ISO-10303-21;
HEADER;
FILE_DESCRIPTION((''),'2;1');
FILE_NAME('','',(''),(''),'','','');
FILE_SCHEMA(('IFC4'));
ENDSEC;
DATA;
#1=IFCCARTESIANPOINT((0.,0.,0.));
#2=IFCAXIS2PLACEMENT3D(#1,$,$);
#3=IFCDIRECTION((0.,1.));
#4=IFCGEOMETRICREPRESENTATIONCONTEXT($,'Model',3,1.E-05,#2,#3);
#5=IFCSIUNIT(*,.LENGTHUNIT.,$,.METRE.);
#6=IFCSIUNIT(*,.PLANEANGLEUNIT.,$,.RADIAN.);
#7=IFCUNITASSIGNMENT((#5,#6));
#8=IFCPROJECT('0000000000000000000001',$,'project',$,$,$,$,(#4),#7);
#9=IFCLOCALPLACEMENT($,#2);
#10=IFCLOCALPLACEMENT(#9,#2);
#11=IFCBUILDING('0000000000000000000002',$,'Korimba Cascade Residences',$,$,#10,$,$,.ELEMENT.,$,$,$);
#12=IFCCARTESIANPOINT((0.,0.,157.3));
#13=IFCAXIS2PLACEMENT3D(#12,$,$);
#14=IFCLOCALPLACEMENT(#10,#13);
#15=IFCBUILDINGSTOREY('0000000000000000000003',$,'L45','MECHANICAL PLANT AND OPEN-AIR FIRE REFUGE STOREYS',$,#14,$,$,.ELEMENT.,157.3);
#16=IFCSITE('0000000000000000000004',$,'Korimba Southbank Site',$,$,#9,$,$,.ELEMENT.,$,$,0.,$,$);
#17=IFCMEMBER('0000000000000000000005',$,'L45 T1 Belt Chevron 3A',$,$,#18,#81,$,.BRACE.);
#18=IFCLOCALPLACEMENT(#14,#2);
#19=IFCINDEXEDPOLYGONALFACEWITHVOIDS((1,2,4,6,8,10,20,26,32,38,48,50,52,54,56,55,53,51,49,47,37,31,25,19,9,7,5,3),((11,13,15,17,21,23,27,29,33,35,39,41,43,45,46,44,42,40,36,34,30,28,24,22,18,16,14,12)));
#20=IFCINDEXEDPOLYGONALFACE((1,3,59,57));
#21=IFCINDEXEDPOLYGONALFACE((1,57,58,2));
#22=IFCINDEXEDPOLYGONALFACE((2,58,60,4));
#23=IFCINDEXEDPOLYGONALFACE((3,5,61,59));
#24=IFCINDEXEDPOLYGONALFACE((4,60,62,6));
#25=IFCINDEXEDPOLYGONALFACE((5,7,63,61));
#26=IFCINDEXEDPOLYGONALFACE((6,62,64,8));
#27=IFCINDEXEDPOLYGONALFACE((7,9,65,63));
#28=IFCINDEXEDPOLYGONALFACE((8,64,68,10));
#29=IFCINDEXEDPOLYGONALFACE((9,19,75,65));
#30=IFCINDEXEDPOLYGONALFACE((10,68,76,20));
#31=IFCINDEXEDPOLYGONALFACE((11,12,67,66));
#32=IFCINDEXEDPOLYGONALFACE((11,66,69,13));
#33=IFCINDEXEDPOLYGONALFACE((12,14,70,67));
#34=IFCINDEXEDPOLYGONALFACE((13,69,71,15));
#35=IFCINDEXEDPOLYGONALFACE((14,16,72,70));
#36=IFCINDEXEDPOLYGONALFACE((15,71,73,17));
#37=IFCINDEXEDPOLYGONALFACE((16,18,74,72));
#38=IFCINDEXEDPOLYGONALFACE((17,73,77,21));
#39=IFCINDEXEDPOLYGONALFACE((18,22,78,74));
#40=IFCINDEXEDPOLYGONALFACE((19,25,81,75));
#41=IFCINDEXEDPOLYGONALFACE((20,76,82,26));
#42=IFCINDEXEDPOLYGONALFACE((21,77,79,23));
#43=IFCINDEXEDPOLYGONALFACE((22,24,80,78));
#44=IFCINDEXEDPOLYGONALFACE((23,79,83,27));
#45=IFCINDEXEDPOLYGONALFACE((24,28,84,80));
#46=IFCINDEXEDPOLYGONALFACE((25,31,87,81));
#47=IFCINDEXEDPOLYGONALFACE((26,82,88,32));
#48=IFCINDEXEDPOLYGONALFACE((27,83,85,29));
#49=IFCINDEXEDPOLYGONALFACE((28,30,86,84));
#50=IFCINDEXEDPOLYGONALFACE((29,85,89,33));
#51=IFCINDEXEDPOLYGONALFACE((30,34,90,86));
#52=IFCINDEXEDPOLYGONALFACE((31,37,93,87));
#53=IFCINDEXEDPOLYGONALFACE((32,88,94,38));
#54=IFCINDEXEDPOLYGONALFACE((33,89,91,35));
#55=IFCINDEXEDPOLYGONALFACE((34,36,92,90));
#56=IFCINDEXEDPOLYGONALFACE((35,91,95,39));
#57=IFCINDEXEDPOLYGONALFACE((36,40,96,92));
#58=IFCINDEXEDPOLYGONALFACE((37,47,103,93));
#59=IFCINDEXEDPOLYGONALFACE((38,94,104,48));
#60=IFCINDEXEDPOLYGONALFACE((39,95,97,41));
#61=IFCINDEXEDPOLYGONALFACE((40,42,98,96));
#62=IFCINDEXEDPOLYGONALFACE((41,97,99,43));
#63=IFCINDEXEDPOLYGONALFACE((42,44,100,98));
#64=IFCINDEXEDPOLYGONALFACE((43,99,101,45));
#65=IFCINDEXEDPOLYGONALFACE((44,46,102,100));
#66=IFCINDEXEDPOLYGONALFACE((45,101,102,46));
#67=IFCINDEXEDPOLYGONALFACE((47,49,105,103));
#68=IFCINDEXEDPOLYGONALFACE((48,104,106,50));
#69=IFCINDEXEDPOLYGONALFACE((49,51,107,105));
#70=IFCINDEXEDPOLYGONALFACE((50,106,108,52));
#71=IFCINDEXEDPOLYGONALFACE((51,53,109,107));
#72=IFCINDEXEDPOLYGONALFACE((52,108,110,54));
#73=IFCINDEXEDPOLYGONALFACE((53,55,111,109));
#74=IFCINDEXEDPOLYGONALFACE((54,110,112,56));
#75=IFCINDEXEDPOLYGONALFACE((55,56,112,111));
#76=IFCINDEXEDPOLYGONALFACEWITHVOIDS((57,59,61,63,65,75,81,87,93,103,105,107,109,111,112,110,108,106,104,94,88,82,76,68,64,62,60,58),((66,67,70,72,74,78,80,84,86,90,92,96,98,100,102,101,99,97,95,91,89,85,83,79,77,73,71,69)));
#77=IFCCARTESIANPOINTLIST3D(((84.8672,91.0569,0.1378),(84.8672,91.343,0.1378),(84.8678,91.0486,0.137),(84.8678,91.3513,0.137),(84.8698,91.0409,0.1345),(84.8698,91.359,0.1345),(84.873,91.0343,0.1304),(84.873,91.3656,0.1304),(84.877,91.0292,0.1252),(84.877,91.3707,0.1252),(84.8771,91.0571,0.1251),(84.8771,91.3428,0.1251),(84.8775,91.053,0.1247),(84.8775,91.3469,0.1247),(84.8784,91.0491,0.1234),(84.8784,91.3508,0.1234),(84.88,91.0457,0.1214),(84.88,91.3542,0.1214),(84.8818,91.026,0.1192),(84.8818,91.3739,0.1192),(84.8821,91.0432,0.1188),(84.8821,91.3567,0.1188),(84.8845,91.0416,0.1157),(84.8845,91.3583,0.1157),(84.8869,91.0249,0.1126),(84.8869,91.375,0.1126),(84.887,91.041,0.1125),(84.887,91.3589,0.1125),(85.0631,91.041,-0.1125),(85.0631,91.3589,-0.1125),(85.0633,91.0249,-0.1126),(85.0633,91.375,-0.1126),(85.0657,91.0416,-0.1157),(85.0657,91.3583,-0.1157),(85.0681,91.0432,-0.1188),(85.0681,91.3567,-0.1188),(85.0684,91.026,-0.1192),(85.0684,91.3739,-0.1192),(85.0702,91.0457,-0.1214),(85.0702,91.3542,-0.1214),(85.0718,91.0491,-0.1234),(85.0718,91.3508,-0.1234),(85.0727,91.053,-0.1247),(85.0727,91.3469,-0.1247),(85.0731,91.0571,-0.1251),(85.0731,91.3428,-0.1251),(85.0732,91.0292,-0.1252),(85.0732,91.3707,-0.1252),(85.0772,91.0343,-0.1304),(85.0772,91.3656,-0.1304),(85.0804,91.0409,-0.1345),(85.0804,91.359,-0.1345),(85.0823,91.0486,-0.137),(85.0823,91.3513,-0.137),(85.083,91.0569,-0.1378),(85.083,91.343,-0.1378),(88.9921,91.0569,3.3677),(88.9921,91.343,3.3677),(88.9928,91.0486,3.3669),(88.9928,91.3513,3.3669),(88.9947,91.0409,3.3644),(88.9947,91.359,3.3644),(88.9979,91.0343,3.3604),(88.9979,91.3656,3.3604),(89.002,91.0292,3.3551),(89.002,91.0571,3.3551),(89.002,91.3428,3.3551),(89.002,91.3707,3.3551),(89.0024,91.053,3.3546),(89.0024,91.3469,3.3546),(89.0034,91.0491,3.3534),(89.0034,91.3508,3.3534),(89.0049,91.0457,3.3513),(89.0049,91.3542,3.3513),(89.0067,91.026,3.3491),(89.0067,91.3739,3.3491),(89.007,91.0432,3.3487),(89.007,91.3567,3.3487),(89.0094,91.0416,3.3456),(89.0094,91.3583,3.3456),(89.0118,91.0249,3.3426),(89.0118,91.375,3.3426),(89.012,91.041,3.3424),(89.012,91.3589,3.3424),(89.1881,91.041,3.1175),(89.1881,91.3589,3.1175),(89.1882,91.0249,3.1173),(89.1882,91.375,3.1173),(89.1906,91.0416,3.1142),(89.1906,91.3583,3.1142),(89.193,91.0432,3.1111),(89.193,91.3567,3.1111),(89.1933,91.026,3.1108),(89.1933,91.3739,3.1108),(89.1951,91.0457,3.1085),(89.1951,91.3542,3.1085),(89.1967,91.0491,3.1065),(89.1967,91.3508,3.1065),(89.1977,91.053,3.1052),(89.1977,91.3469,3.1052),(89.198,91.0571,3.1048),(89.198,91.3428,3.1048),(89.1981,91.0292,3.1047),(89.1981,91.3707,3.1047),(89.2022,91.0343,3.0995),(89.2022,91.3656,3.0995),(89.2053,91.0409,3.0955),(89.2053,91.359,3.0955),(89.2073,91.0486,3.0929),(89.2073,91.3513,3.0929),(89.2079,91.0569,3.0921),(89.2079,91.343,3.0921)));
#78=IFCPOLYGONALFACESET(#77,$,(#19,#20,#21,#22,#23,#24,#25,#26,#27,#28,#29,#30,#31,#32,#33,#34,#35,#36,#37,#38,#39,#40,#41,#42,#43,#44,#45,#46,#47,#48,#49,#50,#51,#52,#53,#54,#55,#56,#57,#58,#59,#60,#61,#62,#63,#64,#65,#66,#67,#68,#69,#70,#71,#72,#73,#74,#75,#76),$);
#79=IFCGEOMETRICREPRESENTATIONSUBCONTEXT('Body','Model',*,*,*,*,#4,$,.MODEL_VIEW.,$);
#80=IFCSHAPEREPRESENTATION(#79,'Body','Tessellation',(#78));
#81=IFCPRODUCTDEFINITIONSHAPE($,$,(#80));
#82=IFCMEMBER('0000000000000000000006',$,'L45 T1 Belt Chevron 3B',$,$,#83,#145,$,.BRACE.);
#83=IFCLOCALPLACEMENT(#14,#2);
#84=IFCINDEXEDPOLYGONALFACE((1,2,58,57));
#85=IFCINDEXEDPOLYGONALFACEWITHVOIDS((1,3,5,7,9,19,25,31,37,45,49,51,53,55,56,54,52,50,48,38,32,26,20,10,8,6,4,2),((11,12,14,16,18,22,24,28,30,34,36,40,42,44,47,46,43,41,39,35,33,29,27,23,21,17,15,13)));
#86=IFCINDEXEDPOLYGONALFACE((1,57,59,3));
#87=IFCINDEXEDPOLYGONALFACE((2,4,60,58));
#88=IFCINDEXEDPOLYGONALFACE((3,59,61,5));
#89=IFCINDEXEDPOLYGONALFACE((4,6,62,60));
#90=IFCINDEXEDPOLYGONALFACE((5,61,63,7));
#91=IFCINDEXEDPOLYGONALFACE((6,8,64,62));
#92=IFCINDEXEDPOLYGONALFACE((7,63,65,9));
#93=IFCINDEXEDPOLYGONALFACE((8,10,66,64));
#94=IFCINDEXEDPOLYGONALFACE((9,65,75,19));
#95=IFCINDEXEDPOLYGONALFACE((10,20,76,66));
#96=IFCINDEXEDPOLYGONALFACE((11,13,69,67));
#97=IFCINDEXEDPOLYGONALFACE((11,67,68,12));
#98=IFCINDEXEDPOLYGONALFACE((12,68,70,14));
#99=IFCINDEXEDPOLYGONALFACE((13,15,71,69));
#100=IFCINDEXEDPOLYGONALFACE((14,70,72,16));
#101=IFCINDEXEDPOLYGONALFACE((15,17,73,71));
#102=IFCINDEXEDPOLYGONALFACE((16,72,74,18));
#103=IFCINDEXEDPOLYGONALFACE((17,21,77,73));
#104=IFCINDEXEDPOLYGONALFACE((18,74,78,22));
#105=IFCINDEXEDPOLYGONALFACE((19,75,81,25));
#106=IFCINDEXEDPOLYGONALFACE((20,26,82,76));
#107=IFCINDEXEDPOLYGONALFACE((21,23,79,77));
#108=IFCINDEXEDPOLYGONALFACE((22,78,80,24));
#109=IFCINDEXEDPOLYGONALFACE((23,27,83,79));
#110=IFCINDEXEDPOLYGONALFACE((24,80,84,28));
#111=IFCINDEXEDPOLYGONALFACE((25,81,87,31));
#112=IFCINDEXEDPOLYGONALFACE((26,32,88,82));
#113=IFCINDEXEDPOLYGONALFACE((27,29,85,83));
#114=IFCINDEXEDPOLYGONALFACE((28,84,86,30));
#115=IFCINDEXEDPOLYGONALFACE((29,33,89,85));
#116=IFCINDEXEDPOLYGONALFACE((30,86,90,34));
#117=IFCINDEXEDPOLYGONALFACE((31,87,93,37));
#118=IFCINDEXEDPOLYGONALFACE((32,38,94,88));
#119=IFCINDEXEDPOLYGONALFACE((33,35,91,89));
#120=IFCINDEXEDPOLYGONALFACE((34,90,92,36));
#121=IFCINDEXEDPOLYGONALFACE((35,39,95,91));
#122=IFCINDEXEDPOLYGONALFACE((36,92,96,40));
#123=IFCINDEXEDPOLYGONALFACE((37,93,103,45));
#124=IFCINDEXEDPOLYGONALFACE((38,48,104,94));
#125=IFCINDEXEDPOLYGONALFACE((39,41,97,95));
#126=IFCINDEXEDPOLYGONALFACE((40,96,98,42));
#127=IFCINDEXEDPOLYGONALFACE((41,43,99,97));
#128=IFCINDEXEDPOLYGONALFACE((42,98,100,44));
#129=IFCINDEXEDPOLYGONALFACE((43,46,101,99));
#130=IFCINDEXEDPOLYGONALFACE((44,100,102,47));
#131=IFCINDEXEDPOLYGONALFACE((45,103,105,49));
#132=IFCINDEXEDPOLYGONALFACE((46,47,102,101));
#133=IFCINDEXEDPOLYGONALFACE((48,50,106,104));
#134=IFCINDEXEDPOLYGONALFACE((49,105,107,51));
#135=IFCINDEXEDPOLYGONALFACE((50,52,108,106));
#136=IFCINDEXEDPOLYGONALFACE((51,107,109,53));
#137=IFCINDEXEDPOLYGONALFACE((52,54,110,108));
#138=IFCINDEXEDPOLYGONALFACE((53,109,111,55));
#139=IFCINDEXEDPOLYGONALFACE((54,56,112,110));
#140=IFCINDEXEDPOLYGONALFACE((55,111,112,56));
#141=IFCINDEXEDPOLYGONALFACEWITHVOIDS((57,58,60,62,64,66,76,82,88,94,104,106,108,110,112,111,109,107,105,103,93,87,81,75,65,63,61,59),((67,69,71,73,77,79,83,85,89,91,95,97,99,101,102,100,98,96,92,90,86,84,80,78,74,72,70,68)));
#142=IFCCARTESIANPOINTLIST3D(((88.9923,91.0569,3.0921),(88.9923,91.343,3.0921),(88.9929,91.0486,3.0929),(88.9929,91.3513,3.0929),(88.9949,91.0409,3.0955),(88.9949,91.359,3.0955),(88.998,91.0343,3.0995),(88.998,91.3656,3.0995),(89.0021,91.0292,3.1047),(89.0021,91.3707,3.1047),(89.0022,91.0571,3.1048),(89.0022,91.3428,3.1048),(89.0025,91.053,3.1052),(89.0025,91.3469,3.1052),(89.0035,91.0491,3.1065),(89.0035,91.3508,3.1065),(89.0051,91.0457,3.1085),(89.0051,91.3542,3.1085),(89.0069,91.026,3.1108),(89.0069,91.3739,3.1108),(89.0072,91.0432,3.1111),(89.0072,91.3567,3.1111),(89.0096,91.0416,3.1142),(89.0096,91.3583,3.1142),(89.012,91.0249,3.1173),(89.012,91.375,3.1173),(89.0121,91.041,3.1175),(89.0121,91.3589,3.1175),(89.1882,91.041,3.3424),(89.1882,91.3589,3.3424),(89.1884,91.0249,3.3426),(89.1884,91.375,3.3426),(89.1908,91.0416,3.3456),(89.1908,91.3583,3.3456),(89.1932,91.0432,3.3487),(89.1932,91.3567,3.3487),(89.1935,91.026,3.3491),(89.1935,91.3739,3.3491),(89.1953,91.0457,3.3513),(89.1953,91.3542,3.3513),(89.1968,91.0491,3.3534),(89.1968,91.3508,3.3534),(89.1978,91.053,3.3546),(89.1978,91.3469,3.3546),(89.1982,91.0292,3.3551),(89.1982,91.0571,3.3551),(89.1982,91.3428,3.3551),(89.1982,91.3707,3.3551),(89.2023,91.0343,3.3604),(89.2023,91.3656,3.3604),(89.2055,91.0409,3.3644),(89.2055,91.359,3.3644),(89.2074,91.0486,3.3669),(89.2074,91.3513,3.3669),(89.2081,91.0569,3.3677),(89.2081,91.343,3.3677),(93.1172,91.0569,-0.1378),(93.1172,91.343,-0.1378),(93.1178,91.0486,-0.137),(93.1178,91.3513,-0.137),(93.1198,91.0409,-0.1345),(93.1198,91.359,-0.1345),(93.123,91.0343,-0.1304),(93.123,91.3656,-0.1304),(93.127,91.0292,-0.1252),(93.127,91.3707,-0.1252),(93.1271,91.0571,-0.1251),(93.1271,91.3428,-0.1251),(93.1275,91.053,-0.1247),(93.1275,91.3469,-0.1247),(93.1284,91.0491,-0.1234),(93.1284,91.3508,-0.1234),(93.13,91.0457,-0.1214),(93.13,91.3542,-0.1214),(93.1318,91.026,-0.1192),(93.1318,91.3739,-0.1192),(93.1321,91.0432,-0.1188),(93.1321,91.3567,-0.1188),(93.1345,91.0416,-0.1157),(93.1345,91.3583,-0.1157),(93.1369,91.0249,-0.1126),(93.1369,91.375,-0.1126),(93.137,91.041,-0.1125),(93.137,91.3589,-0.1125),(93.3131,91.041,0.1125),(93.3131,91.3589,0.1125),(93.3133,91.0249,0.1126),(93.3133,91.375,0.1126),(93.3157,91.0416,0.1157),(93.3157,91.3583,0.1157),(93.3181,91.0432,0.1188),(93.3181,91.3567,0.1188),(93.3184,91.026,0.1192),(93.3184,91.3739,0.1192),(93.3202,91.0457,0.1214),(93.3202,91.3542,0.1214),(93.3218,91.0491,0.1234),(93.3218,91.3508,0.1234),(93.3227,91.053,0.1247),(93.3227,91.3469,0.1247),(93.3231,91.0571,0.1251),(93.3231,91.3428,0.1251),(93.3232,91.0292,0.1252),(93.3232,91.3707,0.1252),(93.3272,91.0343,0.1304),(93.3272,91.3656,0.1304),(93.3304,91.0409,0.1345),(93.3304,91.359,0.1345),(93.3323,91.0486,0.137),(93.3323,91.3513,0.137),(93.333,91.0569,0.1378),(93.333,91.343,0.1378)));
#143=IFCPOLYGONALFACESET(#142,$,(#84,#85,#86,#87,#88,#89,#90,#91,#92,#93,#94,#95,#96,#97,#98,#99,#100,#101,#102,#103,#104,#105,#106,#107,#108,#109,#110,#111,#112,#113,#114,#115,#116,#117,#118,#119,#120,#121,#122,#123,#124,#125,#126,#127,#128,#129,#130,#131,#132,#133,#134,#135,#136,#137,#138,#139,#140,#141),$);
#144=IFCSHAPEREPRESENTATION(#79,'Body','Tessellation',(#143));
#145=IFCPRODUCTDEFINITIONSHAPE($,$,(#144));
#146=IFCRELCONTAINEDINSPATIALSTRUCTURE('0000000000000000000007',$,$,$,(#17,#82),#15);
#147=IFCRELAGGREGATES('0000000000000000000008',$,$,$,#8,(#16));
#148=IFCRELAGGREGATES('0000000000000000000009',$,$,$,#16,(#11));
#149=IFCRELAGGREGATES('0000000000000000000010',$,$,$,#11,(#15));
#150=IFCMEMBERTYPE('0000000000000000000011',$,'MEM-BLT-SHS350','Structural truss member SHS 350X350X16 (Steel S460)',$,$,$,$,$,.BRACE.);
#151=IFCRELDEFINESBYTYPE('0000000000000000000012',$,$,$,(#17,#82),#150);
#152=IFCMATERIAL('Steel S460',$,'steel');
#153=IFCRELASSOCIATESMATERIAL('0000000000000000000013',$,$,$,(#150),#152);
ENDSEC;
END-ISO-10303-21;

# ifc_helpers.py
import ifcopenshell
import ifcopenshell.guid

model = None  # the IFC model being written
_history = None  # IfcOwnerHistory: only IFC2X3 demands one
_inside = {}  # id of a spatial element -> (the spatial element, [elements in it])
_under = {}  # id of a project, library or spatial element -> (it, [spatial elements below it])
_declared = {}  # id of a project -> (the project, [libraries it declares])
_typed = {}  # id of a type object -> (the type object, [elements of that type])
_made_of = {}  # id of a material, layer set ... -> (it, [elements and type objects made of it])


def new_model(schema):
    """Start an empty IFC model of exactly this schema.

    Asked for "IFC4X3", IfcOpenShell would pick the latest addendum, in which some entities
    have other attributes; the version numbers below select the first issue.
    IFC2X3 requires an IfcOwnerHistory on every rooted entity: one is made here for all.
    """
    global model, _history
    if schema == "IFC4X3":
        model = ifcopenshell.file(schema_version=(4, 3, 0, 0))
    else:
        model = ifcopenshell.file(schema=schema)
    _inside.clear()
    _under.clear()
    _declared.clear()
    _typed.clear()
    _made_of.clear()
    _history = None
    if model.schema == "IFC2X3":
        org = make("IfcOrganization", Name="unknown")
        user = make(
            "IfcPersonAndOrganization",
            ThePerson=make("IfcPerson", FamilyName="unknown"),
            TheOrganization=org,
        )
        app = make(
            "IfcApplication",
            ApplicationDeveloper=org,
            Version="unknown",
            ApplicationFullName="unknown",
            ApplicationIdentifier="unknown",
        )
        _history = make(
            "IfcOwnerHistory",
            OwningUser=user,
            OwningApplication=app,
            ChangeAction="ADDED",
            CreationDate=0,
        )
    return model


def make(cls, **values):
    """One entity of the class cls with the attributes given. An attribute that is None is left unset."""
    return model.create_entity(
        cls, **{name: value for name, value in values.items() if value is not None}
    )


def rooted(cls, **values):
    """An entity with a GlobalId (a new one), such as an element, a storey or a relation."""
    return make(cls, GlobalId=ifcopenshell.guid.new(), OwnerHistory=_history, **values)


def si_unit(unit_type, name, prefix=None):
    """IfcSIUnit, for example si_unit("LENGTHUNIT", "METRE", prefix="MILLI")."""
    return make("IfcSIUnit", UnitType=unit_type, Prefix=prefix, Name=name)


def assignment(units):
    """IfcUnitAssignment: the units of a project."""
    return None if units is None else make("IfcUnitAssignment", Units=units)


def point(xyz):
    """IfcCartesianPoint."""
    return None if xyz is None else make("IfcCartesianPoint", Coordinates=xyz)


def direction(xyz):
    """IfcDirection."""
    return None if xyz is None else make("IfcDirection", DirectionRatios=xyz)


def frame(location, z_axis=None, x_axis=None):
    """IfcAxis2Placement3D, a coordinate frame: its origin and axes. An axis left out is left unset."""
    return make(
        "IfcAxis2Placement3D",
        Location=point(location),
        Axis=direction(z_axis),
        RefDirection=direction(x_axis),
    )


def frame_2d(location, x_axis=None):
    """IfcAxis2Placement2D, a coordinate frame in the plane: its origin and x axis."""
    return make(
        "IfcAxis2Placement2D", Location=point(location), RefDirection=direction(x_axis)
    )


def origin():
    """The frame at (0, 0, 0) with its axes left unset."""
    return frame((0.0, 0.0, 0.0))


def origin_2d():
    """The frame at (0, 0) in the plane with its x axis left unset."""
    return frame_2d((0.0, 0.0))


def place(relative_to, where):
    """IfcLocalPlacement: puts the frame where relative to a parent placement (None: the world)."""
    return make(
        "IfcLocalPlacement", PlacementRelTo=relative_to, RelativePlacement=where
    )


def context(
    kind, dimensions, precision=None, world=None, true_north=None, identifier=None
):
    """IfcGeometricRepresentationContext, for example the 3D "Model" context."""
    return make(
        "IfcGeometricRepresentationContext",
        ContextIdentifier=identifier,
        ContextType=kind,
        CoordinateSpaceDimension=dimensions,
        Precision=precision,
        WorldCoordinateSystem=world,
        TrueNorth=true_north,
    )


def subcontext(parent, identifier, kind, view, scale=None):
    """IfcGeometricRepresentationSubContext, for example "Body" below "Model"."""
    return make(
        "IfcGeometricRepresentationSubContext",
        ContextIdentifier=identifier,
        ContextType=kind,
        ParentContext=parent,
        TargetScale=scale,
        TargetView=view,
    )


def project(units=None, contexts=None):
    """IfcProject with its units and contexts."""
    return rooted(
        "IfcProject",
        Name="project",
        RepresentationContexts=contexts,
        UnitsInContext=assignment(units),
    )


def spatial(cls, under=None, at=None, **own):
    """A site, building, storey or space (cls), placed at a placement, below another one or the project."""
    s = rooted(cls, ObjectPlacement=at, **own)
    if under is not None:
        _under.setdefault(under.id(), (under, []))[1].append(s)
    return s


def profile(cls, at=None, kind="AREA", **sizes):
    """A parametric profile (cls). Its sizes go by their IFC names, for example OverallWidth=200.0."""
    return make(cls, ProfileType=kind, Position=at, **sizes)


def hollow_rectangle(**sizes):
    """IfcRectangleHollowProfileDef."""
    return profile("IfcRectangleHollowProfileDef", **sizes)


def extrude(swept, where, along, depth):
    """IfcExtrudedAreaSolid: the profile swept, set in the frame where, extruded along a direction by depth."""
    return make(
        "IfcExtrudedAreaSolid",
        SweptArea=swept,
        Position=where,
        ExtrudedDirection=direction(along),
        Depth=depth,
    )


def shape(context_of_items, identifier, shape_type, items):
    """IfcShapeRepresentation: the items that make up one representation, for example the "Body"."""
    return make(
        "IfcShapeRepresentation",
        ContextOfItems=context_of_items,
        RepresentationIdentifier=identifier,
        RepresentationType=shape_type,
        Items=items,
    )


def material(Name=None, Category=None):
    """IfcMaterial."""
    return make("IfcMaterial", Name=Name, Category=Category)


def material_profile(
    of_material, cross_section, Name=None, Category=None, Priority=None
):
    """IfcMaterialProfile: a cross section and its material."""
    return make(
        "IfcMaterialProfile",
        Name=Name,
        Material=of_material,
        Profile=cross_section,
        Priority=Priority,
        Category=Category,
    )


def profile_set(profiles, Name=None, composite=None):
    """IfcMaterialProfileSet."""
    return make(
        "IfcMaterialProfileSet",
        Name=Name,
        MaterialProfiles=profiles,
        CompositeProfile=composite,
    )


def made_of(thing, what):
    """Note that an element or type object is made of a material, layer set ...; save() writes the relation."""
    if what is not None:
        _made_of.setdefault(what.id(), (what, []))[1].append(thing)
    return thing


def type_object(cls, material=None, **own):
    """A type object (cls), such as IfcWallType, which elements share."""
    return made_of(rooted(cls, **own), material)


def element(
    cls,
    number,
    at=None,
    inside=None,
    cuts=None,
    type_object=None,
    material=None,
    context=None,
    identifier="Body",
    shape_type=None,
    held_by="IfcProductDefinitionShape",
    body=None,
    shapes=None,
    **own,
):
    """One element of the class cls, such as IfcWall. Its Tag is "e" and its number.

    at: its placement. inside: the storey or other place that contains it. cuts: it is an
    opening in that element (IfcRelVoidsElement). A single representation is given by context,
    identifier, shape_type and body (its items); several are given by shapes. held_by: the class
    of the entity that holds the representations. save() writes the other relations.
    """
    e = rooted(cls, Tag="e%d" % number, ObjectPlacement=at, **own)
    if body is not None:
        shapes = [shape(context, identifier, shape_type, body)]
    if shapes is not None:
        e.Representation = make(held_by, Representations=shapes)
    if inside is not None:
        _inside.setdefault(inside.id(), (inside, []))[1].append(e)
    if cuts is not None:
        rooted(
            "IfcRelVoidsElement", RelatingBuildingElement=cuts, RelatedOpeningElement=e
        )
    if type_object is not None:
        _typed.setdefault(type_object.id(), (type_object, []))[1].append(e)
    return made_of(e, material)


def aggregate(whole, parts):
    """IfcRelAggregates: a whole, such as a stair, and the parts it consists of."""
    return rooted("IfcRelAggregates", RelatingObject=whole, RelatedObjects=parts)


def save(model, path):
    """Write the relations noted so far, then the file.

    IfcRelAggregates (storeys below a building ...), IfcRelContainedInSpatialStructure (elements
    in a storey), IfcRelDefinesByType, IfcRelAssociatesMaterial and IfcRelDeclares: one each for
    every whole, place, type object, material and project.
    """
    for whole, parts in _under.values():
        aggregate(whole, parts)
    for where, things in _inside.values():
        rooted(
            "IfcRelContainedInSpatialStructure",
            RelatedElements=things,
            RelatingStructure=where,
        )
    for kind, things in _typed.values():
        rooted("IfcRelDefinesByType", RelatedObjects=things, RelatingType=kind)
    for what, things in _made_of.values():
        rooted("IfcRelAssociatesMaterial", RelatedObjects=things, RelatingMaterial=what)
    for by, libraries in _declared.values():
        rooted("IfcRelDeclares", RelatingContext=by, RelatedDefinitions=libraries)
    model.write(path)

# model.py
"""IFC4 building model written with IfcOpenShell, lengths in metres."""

from ifc_helpers import new_model, si_unit, direction, frame, origin, origin_2d, place, context, subcontext, project, spatial, hollow_rectangle, extrude, material, material_profile, profile_set, type_object, element, save


model = new_model("IFC4")

# Units and contexts
model_context = context("Model", 3, precision=1e-05, world=origin(), true_north=direction((0.0, 1.0)))
body_context = subcontext(model_context, "Body", "Model", "MODEL_VIEW")
ifc_project = project(units=[si_unit("LENGTHUNIT", "METRE"), si_unit("PLANEANGLEUNIT", "RADIAN")], contexts=[model_context])

# Site, building, storey
site_placement = place(None, origin())
site = spatial("IfcSite", under=ifc_project, at=site_placement, Name="Korimba Southbank Site", CompositionType="ELEMENT", RefElevation=0.0)
building_placement = place(site_placement, origin())
building = spatial("IfcBuilding", under=site, at=building_placement, Name="Korimba Cascade Residences", CompositionType="ELEMENT")
storey_placement = place(building_placement, frame((0.0, 0.0, 157.3)))
storey = spatial("IfcBuildingStorey", under=building, at=storey_placement, Name="L45", Description="MECHANICAL PLANT AND OPEN-AIR FIRE REFUGE STOREYS", CompositionType="ELEMENT", Elevation=157.3)

# Members
ifc_material_1 = material(Name="Steel S460", Category="steel")
ifc_material_profile_1 = material_profile(ifc_material_1, hollow_rectangle(XDim=0.3501, YDim=0.3501, WallThickness=0.0161, InnerFilletRadius=0.0161, OuterFilletRadius=0.032, at=origin_2d()), Name="Steel S460")
ifc_profile_set_1 = profile_set([ifc_material_profile_1], Name="Steel S460")
member_type_1 = type_object("IfcMemberType", Name="MEM-BLT-SHS350", Description="Structural truss member SHS 350X350X16 (Steel S460)", PredefinedType="BRACE", material=ifc_profile_set_1)
for number, where, z_axis, x_axis, name in (
    (1, (84.9751, 91.2, 0.0), (0.787346, 0.0, 0.616512), (0.0, 1.0, 0.0), "L45 T1 Belt Chevron 3A"),
    (2, (93.2251, 91.2, 0.0), (-0.787346, 0.0, 0.616512), (0.0, -1.0, 0.0), "L45 T1 Belt Chevron 3B"),
):
    element("IfcMember", number, at=place(storey_placement, frame(where, z_axis=z_axis, x_axis=x_axis)), inside=storey, type_object=member_type_1, Name=name, PredefinedType="BRACE", context=body_context, shape_type="SweptSolid", body=[
        extrude(hollow_rectangle(XDim=0.3501, YDim=0.3501, WallThickness=0.0161, InnerFilletRadius=0.0161, OuterFilletRadius=0.032, at=origin_2d()), origin(), (0.0, 0.0, 1.0), 5.239),
    ])

save(model, "model.ifc")
